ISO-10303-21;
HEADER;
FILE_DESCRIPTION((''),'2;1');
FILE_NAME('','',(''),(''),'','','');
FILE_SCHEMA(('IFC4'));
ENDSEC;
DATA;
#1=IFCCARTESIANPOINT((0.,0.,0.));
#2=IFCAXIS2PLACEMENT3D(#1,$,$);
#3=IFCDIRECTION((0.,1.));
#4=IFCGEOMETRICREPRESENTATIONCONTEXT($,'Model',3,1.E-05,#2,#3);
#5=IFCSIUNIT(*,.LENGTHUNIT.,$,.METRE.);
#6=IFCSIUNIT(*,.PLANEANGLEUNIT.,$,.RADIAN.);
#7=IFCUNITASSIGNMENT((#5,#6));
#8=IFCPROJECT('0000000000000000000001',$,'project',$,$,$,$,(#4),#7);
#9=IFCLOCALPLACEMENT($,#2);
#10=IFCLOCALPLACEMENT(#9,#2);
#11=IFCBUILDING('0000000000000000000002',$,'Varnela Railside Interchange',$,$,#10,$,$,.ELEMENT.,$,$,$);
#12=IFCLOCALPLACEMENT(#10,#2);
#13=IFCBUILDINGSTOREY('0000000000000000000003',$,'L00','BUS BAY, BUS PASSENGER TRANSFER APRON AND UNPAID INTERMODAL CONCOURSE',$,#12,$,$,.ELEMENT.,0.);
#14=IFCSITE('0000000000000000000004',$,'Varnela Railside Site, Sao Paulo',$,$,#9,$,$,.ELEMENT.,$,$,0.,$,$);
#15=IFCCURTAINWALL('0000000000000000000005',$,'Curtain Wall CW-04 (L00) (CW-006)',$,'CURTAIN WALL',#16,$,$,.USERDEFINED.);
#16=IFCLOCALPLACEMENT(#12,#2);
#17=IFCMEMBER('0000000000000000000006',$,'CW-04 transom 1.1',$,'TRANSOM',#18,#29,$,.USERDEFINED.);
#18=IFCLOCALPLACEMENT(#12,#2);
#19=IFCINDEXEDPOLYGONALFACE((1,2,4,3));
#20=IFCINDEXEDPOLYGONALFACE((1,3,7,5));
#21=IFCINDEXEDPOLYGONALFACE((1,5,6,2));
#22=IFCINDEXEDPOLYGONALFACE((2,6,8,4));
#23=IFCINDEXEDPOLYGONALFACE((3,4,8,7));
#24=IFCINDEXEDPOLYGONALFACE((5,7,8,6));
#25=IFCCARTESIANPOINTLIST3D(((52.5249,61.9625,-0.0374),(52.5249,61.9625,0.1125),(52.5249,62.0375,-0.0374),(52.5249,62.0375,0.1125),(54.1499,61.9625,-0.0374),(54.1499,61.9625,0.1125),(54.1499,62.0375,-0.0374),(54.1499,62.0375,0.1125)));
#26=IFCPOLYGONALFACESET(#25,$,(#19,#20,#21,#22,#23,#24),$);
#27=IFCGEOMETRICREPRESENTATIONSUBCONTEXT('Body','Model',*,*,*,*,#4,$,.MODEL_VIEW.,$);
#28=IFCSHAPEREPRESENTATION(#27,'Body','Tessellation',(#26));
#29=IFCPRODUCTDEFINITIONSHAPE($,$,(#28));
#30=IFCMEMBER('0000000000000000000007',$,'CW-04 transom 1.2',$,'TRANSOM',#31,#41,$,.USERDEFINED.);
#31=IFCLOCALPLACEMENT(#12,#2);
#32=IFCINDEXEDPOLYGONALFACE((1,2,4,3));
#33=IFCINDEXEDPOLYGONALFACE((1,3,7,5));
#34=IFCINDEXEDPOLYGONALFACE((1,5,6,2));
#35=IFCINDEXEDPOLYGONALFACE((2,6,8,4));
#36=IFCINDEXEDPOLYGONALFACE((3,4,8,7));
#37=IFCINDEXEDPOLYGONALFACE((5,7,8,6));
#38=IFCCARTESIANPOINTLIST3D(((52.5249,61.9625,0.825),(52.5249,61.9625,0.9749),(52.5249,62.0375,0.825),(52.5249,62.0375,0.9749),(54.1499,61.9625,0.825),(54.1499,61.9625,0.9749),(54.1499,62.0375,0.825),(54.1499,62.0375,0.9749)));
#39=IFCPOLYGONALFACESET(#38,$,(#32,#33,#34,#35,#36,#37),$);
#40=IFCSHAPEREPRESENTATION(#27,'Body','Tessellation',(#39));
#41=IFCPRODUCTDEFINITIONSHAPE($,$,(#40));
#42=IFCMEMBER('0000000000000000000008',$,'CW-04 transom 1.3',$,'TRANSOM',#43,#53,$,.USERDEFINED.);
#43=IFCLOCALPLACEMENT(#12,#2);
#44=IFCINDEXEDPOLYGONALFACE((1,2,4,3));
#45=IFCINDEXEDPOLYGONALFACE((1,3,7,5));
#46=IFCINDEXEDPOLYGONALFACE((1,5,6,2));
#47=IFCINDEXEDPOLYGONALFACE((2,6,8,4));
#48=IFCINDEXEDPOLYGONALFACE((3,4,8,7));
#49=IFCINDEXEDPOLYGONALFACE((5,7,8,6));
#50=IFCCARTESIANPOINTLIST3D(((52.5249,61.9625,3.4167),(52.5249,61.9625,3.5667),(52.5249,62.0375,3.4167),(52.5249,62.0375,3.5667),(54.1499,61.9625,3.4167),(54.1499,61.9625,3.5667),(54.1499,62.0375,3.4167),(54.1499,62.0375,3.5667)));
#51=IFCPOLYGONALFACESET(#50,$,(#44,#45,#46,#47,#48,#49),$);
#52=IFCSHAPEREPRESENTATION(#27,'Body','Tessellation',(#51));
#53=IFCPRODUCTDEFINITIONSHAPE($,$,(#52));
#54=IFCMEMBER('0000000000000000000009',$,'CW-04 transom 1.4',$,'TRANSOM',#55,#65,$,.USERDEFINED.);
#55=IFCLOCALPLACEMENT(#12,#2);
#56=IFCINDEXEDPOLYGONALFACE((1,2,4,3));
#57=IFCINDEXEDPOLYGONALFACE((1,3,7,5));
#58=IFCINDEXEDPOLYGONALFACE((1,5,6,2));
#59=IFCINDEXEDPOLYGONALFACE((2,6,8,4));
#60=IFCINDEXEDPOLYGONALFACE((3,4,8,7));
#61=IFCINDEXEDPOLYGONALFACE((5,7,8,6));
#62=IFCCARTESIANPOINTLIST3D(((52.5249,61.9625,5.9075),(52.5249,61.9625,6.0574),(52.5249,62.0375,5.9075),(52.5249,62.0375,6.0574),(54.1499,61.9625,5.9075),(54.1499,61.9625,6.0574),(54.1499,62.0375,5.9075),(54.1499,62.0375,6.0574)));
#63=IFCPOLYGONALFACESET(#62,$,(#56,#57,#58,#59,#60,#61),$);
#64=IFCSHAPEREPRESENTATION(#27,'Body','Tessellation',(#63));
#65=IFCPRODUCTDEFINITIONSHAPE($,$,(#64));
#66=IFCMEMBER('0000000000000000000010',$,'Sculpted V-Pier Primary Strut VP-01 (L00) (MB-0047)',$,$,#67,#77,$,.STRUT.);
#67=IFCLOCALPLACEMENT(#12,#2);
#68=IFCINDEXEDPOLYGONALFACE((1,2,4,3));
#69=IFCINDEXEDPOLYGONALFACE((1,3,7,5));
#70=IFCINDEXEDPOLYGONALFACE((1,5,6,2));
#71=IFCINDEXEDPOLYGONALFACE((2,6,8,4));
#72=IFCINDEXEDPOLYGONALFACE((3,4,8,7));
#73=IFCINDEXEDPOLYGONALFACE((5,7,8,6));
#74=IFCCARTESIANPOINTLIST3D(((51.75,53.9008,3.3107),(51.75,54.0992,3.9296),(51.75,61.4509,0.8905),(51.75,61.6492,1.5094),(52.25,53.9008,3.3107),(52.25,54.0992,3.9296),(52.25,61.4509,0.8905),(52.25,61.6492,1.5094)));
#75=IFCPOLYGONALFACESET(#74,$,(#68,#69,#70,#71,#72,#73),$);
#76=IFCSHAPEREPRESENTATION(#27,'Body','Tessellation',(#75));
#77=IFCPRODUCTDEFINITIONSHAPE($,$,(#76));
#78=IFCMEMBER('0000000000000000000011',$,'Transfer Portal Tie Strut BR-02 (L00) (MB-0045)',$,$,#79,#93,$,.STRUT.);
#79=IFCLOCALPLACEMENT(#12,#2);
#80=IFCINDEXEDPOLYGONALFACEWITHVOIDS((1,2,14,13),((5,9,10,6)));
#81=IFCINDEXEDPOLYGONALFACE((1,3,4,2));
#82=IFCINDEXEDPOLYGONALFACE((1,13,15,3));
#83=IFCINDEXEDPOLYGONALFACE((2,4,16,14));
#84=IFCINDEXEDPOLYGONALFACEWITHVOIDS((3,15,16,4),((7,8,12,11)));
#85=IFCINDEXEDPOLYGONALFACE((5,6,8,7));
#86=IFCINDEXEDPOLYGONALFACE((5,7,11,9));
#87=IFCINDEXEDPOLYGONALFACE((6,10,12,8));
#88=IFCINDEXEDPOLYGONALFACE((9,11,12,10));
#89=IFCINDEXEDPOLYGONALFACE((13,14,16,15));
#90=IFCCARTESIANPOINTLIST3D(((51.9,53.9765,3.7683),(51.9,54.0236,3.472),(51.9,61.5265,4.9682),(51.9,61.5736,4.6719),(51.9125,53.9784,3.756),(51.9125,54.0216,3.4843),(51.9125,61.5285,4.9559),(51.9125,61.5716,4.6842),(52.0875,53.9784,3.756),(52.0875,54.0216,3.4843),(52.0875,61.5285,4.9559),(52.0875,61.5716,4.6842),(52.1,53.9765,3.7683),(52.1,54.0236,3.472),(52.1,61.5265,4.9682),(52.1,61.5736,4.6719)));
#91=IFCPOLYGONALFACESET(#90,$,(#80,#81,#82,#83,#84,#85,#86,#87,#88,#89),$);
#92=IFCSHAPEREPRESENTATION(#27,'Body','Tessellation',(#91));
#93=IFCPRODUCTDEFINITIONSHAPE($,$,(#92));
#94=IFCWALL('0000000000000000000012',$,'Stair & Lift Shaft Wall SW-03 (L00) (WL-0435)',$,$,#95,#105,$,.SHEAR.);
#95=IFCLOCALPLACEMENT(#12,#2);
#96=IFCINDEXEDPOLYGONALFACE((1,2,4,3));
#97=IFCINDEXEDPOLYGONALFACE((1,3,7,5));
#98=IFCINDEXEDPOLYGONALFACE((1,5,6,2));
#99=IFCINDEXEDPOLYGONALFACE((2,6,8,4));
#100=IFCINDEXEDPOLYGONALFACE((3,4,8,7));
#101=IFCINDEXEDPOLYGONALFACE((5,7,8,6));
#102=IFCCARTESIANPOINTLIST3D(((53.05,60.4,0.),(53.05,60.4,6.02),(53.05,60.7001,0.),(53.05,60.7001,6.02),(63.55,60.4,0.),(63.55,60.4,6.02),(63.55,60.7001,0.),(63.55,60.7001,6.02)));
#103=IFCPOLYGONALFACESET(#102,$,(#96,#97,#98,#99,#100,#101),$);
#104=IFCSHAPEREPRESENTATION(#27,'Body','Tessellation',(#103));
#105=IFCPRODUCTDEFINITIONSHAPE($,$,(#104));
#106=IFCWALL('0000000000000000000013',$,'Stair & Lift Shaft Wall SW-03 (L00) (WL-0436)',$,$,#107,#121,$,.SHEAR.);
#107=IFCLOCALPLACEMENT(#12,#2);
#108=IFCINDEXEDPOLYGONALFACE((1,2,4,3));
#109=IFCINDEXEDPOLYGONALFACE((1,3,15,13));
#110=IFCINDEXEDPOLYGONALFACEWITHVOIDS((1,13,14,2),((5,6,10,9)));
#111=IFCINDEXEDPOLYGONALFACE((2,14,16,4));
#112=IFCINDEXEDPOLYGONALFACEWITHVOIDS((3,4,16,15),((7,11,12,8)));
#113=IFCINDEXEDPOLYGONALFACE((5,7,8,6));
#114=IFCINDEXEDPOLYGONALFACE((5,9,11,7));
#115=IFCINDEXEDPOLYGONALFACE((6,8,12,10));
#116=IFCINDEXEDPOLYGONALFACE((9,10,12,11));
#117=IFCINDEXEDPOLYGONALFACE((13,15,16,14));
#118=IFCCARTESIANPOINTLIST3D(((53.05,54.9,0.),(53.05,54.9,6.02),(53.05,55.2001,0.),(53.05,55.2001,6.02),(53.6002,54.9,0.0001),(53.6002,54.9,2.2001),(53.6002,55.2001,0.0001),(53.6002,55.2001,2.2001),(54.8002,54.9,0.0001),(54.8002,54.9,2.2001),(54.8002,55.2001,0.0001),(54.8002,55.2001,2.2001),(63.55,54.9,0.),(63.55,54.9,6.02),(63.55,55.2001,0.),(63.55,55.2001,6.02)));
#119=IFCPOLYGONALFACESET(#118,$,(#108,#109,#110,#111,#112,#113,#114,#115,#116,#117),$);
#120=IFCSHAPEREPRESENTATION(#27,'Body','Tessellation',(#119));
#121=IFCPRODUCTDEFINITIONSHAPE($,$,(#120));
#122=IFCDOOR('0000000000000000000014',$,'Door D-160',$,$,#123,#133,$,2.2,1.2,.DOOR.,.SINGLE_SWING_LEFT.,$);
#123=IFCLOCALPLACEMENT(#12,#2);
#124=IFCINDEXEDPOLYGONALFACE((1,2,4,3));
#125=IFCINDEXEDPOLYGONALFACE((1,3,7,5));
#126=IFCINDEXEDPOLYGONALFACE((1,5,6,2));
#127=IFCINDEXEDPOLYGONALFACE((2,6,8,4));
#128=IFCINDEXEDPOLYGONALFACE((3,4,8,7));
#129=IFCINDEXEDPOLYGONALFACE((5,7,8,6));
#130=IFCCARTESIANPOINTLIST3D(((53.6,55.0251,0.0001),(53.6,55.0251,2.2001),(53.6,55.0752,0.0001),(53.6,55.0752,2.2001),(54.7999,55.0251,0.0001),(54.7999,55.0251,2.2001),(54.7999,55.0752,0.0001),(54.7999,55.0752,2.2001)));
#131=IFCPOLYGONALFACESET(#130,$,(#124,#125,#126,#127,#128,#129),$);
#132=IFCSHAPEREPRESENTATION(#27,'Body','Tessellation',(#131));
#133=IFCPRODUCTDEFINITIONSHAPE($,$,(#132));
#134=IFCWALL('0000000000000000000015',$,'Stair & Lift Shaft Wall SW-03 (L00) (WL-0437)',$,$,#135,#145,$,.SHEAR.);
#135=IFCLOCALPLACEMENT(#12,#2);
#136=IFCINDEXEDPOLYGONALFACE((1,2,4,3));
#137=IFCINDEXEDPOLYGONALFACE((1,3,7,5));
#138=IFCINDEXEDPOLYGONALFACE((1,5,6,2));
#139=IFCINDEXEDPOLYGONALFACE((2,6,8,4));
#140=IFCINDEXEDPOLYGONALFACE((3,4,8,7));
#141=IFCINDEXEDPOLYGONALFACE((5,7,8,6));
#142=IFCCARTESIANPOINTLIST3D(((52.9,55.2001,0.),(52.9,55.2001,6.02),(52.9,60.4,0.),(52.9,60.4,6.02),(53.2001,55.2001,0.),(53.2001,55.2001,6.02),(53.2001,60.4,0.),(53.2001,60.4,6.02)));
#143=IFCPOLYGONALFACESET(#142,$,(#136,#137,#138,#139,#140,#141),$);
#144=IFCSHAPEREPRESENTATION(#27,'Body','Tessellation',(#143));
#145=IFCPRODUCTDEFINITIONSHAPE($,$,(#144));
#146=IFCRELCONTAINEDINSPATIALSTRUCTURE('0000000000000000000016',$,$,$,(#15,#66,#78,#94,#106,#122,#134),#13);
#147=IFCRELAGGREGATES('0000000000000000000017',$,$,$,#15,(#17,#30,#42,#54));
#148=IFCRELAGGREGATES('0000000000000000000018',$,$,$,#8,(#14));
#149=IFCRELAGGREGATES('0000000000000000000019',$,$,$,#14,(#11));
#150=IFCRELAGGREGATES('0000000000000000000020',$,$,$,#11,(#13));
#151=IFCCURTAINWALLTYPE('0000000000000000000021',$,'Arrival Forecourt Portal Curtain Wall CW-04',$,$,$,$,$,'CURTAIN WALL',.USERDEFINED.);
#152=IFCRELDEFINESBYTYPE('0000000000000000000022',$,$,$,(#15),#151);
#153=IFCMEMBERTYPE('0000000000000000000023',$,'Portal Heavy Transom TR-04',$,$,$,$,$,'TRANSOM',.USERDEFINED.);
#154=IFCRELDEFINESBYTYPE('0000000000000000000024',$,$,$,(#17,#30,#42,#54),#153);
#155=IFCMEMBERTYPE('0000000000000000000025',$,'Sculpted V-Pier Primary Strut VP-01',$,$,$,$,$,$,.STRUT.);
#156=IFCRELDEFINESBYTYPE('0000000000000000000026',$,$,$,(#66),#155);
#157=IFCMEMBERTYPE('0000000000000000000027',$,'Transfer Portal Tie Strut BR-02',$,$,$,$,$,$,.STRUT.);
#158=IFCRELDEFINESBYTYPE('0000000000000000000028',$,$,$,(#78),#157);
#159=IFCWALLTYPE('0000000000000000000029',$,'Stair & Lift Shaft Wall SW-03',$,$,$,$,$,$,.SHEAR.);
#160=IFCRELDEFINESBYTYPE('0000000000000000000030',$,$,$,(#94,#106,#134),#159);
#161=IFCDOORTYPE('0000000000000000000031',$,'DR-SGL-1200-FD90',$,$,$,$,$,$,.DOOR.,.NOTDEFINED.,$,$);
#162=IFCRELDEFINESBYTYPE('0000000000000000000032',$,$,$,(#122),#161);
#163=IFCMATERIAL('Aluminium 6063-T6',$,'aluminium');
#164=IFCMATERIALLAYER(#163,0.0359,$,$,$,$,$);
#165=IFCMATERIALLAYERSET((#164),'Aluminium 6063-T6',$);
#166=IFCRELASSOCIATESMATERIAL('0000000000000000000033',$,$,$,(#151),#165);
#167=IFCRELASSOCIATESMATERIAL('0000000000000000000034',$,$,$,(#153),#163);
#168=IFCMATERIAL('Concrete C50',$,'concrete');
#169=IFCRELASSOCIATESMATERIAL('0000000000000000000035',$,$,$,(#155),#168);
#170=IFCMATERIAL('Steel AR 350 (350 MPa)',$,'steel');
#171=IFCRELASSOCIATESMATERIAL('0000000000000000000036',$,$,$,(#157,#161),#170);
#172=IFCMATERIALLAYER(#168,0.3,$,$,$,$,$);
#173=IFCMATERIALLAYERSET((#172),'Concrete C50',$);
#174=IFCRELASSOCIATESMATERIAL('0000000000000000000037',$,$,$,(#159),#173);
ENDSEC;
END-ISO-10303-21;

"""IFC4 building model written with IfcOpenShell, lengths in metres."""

from ifc_helpers import new_model, si_unit, direction, frame, frame_2d, origin, origin_2d, place, context, subcontext, project, spatial, rectangle, hollow_rectangle, extrude, material, layer, layer_set, material_profile, profile_set, type_object, element, fill, aggregate, save


model = new_model("IFC4")

# Units and contexts
model_context = context("Model", 3, precision=1e-05, world=origin(), true_north=direction((0.0, 1.0)))
body_context = subcontext(model_context, "Body", "Model", "MODEL_VIEW")
ifc_project = project(units=[si_unit("LENGTHUNIT", "METRE"), si_unit("PLANEANGLEUNIT", "RADIAN")], contexts=[model_context])

# Site, building, storey
site_placement = place(None, origin())
site = spatial("IfcSite", under=ifc_project, at=site_placement, Name="Varnela Railside Site, Sao Paulo", CompositionType="ELEMENT", RefElevation=0.0)
building_placement = place(site_placement, origin())
building = spatial("IfcBuilding", under=site, at=building_placement, Name="Varnela Railside Interchange", CompositionType="ELEMENT")
storey_placement = place(building_placement, origin())
storey = spatial("IfcBuildingStorey", under=building, at=storey_placement, Name="L00", Description="BUS BAY, BUS PASSENGER TRANSFER APRON AND UNPAID INTERMODAL CONCOURSE", CompositionType="ELEMENT", Elevation=0.0)

# Shared definitions
ifc_material_1 = material(Name="Concrete C50", Category="concrete")

# Shared definitions
ifc_material_2 = material(Name="Steel AR 350 (350 MPa)", Category="steel")

# Curtain wall, members
ifc_material_3 = material(Name="Aluminium 6063-T6", Category="aluminium")
ifc_layer_1 = layer(ifc_material_3, 0.0359)
ifc_layer_set_1 = layer_set([ifc_layer_1], Name="Aluminium 6063-T6")
curtain_wall_type = type_object("IfcCurtainWallType", Name="Arrival Forecourt Portal Curtain Wall CW-04", ElementType="CURTAIN WALL", PredefinedType="USERDEFINED", material=ifc_layer_set_1)
curtain_wall_placement = place(storey_placement, origin())
curtain_wall = element("IfcCurtainWall", 1, at=curtain_wall_placement, inside=storey, type_object=curtain_wall_type, Name="Curtain Wall CW-04 (L00) (CW-006)", ObjectType="CURTAIN WALL", PredefinedType="USERDEFINED")
ifc_material_profile_1 = material_profile(ifc_material_3, rectangle(XDim=0.075, YDim=0.1499, at=origin_2d()), Name="ALU 75x150")
ifc_profile_set_1 = profile_set([ifc_material_profile_1], Name="Aluminium 6063-T6")
member_type_1 = type_object("IfcMemberType", Name="Portal Heavy Transom TR-04", ElementType="TRANSOM", PredefinedType="USERDEFINED", material=ifc_profile_set_1)
member_1_placement = place(storey_placement, frame((52.5249, 62.0, 0.0376), z_axis=(1.0, 0.0, 0.0), x_axis=(0.0, 1.0, 0.0)))
member_1 = element("IfcMember", 2, at=member_1_placement, type_object=member_type_1, Name="CW-04 transom 1.1", ObjectType="TRANSOM", PredefinedType="USERDEFINED", context=body_context, shape_type="SweptSolid", body=[
    extrude(rectangle(XDim=0.075, YDim=0.1499, at=origin_2d()), origin(), (0.0, 0.0, 1.0), 1.625),
])
member_2_placement = place(storey_placement, frame((52.5249, 62.0, 0.8999), z_axis=(1.0, 0.0, 0.0), x_axis=(0.0, 1.0, 0.0)))
member_2 = element("IfcMember", 3, at=member_2_placement, type_object=member_type_1, Name="CW-04 transom 1.2", ObjectType="TRANSOM", PredefinedType="USERDEFINED", context=body_context, shape_type="SweptSolid", body=[
    extrude(rectangle(XDim=0.075, YDim=0.1499, at=origin_2d()), origin(), (0.0, 0.0, 1.0), 1.625),
])
member_3_placement = place(storey_placement, frame((52.5249, 62.0, 3.4917), z_axis=(1.0, 0.0, 0.0), x_axis=(0.0, 1.0, 0.0)))
member_3 = element("IfcMember", 4, at=member_3_placement, type_object=member_type_1, Name="CW-04 transom 1.3", ObjectType="TRANSOM", PredefinedType="USERDEFINED", context=body_context, shape_type="SweptSolid", body=[
    extrude(rectangle(XDim=0.075, YDim=0.1499, at=origin_2d()), origin(), (0.0, 0.0, 1.0), 1.625),
])
member_4_placement = place(storey_placement, frame((52.5249, 62.0, 5.9824), z_axis=(1.0, 0.0, 0.0), x_axis=(0.0, 1.0, 0.0)))
member_4 = element("IfcMember", 5, at=member_4_placement, type_object=member_type_1, Name="CW-04 transom 1.4", ObjectType="TRANSOM", PredefinedType="USERDEFINED", context=body_context, shape_type="SweptSolid", body=[
    extrude(rectangle(XDim=0.075, YDim=0.1499, at=origin_2d()), origin(), (0.0, 0.0, 1.0), 1.625),
])
aggregate(curtain_wall, [member_1, member_2, member_3, member_4])

# Members
ifc_material_profile_2 = material_profile(ifc_material_1, rectangle(XDim=0.5, YDim=0.6499, at=origin_2d()), Name="RC 500x650")
ifc_profile_set_2 = profile_set([ifc_material_profile_2], Name="Concrete C50")
member_type_2 = type_object("IfcMemberType", Name="Sculpted V-Pier Primary Strut VP-01", PredefinedType="STRUT", material=ifc_profile_set_2)
member_5_placement = place(storey_placement, frame((52.0, 61.55, 1.2), z_axis=(0.0, -0.952272, 0.305251), x_axis=(1.0, 0.0, 0.0)))
element("IfcMember", 6, at=member_5_placement, inside=storey, type_object=member_type_2, Name="Sculpted V-Pier Primary Strut VP-01 (L00) (MB-0047)", PredefinedType="STRUT", context=body_context, shape_type="SweptSolid", body=[
    extrude(rectangle(XDim=0.5, YDim=0.6499, at=origin_2d()), origin(), (0.0, 0.0, 1.0), 7.9285),
])
ifc_material_profile_3 = material_profile(ifc_material_2, hollow_rectangle(XDim=0.2, YDim=0.3, WallThickness=0.0125, at=origin_2d()), Name="HSS 300x200x12.5")
ifc_profile_set_3 = profile_set([ifc_material_profile_3], Name="Steel AR 350 (350 MPa)")
member_type_3 = type_object("IfcMemberType", Name="Transfer Portal Tie Strut BR-02", PredefinedType="STRUT", material=ifc_profile_set_3)
member_6_placement = place(storey_placement, frame((52.0, 61.55, 4.8201), z_axis=(0.0, -0.987605, -0.156963), x_axis=(1.0, 0.0, 0.0)))
element("IfcMember", 7, at=member_6_placement, inside=storey, type_object=member_type_3, Name="Transfer Portal Tie Strut BR-02 (L00) (MB-0045)", PredefinedType="STRUT", context=body_context, shape_type="SweptSolid", body=[
    extrude(hollow_rectangle(XDim=0.2, YDim=0.3, WallThickness=0.0125, at=origin_2d()), origin(), (0.0, 0.0, 1.0), 7.6448),
])

# Wall
ifc_layer_2 = layer(ifc_material_1, 0.3)
ifc_layer_set_2 = layer_set([ifc_layer_2], Name="Concrete C50")
wall_type = type_object("IfcWallType", Name="Stair & Lift Shaft Wall SW-03", PredefinedType="SHEAR", material=ifc_layer_set_2)
wall_1_placement = place(storey_placement, frame((53.05, 60.55, 0.0), z_axis=(0.0, 0.0, 1.0), x_axis=(1.0, 0.0, 0.0)))
element("IfcWall", 8, at=wall_1_placement, inside=storey, type_object=wall_type, Name="Stair & Lift Shaft Wall SW-03 (L00) (WL-0435)", PredefinedType="SHEAR", context=body_context, shape_type="SweptSolid", body=[
    extrude(rectangle(XDim=10.5, YDim=0.3, at=frame_2d((5.25, 0.0))), origin(), (0.0, 0.0, 1.0), 6.02),
])

# Wall, opening, door
wall_2_placement = place(storey_placement, frame((53.05, 55.05, 0.0), z_axis=(0.0, 0.0, 1.0), x_axis=(1.0, 0.0, 0.0)))
wall_2 = element("IfcWall", 9, at=wall_2_placement, inside=storey, type_object=wall_type, Name="Stair & Lift Shaft Wall SW-03 (L00) (WL-0436)", PredefinedType="SHEAR", context=body_context, shape_type="SweptSolid", body=[
    extrude(rectangle(XDim=10.5, YDim=0.3, at=frame_2d((5.25, 0.0))), origin(), (0.0, 0.0, 1.0), 6.02),
])
opening_placement = place(wall_2_placement, frame((0.55, 0.0, 0.0)))
opening = element("IfcOpeningElement", 10, at=opening_placement, cuts=wall_2, PredefinedType="OPENING", context=body_context, shape_type="SweptSolid", body=[
    extrude(rectangle(XDim=1.2, YDim=2.2, at=frame_2d((0.6001, 1.1001))), frame((0.0, 0.1599, 0.0), z_axis=(0.0, -1.0, 0.0), x_axis=(1.0, 0.0, 0.0)), (0.0, 0.0, 1.0), 0.3201),
])
door_type = type_object("IfcDoorType", Name="DR-SGL-1200-FD90", OperationType="NOTDEFINED", PredefinedType="DOOR", material=ifc_material_2)
door_placement = place(opening_placement, frame((1.2, 0.0, 0.0), z_axis=(0.0, 0.0, 1.0), x_axis=(-1.0, 0.0, 0.0)))
door = element("IfcDoor", 11, at=door_placement, inside=storey, type_object=door_type, Name="Door D-160", OperationType="SINGLE_SWING_LEFT", OverallHeight=2.2, OverallWidth=1.2, PredefinedType="DOOR", context=body_context, shape_type="SweptSolid", body=[
    extrude(rectangle(XDim=1.2, YDim=2.2, at=frame_2d((0.6001, 1.1001))), frame((0.0, 0.0249, 0.0), z_axis=(0.0, -1.0, 0.0), x_axis=(1.0, 0.0, 0.0)), (0.0, 0.0, 1.0), 0.05),
])
fill(opening, door)

# Wall
wall_3_placement = place(storey_placement, frame((53.05, 55.2, 0.0), z_axis=(0.0, 0.0, 1.0), x_axis=(0.0, 1.0, 0.0)))
element("IfcWall", 12, at=wall_3_placement, inside=storey, type_object=wall_type, Name="Stair & Lift Shaft Wall SW-03 (L00) (WL-0437)", PredefinedType="SHEAR", context=body_context, shape_type="SweptSolid", body=[
    extrude(rectangle(XDim=5.2, YDim=0.3, at=frame_2d((2.6001, 0.0))), origin(), (0.0, 0.0, 1.0), 6.02),
])

save(model, "model.ifc")
